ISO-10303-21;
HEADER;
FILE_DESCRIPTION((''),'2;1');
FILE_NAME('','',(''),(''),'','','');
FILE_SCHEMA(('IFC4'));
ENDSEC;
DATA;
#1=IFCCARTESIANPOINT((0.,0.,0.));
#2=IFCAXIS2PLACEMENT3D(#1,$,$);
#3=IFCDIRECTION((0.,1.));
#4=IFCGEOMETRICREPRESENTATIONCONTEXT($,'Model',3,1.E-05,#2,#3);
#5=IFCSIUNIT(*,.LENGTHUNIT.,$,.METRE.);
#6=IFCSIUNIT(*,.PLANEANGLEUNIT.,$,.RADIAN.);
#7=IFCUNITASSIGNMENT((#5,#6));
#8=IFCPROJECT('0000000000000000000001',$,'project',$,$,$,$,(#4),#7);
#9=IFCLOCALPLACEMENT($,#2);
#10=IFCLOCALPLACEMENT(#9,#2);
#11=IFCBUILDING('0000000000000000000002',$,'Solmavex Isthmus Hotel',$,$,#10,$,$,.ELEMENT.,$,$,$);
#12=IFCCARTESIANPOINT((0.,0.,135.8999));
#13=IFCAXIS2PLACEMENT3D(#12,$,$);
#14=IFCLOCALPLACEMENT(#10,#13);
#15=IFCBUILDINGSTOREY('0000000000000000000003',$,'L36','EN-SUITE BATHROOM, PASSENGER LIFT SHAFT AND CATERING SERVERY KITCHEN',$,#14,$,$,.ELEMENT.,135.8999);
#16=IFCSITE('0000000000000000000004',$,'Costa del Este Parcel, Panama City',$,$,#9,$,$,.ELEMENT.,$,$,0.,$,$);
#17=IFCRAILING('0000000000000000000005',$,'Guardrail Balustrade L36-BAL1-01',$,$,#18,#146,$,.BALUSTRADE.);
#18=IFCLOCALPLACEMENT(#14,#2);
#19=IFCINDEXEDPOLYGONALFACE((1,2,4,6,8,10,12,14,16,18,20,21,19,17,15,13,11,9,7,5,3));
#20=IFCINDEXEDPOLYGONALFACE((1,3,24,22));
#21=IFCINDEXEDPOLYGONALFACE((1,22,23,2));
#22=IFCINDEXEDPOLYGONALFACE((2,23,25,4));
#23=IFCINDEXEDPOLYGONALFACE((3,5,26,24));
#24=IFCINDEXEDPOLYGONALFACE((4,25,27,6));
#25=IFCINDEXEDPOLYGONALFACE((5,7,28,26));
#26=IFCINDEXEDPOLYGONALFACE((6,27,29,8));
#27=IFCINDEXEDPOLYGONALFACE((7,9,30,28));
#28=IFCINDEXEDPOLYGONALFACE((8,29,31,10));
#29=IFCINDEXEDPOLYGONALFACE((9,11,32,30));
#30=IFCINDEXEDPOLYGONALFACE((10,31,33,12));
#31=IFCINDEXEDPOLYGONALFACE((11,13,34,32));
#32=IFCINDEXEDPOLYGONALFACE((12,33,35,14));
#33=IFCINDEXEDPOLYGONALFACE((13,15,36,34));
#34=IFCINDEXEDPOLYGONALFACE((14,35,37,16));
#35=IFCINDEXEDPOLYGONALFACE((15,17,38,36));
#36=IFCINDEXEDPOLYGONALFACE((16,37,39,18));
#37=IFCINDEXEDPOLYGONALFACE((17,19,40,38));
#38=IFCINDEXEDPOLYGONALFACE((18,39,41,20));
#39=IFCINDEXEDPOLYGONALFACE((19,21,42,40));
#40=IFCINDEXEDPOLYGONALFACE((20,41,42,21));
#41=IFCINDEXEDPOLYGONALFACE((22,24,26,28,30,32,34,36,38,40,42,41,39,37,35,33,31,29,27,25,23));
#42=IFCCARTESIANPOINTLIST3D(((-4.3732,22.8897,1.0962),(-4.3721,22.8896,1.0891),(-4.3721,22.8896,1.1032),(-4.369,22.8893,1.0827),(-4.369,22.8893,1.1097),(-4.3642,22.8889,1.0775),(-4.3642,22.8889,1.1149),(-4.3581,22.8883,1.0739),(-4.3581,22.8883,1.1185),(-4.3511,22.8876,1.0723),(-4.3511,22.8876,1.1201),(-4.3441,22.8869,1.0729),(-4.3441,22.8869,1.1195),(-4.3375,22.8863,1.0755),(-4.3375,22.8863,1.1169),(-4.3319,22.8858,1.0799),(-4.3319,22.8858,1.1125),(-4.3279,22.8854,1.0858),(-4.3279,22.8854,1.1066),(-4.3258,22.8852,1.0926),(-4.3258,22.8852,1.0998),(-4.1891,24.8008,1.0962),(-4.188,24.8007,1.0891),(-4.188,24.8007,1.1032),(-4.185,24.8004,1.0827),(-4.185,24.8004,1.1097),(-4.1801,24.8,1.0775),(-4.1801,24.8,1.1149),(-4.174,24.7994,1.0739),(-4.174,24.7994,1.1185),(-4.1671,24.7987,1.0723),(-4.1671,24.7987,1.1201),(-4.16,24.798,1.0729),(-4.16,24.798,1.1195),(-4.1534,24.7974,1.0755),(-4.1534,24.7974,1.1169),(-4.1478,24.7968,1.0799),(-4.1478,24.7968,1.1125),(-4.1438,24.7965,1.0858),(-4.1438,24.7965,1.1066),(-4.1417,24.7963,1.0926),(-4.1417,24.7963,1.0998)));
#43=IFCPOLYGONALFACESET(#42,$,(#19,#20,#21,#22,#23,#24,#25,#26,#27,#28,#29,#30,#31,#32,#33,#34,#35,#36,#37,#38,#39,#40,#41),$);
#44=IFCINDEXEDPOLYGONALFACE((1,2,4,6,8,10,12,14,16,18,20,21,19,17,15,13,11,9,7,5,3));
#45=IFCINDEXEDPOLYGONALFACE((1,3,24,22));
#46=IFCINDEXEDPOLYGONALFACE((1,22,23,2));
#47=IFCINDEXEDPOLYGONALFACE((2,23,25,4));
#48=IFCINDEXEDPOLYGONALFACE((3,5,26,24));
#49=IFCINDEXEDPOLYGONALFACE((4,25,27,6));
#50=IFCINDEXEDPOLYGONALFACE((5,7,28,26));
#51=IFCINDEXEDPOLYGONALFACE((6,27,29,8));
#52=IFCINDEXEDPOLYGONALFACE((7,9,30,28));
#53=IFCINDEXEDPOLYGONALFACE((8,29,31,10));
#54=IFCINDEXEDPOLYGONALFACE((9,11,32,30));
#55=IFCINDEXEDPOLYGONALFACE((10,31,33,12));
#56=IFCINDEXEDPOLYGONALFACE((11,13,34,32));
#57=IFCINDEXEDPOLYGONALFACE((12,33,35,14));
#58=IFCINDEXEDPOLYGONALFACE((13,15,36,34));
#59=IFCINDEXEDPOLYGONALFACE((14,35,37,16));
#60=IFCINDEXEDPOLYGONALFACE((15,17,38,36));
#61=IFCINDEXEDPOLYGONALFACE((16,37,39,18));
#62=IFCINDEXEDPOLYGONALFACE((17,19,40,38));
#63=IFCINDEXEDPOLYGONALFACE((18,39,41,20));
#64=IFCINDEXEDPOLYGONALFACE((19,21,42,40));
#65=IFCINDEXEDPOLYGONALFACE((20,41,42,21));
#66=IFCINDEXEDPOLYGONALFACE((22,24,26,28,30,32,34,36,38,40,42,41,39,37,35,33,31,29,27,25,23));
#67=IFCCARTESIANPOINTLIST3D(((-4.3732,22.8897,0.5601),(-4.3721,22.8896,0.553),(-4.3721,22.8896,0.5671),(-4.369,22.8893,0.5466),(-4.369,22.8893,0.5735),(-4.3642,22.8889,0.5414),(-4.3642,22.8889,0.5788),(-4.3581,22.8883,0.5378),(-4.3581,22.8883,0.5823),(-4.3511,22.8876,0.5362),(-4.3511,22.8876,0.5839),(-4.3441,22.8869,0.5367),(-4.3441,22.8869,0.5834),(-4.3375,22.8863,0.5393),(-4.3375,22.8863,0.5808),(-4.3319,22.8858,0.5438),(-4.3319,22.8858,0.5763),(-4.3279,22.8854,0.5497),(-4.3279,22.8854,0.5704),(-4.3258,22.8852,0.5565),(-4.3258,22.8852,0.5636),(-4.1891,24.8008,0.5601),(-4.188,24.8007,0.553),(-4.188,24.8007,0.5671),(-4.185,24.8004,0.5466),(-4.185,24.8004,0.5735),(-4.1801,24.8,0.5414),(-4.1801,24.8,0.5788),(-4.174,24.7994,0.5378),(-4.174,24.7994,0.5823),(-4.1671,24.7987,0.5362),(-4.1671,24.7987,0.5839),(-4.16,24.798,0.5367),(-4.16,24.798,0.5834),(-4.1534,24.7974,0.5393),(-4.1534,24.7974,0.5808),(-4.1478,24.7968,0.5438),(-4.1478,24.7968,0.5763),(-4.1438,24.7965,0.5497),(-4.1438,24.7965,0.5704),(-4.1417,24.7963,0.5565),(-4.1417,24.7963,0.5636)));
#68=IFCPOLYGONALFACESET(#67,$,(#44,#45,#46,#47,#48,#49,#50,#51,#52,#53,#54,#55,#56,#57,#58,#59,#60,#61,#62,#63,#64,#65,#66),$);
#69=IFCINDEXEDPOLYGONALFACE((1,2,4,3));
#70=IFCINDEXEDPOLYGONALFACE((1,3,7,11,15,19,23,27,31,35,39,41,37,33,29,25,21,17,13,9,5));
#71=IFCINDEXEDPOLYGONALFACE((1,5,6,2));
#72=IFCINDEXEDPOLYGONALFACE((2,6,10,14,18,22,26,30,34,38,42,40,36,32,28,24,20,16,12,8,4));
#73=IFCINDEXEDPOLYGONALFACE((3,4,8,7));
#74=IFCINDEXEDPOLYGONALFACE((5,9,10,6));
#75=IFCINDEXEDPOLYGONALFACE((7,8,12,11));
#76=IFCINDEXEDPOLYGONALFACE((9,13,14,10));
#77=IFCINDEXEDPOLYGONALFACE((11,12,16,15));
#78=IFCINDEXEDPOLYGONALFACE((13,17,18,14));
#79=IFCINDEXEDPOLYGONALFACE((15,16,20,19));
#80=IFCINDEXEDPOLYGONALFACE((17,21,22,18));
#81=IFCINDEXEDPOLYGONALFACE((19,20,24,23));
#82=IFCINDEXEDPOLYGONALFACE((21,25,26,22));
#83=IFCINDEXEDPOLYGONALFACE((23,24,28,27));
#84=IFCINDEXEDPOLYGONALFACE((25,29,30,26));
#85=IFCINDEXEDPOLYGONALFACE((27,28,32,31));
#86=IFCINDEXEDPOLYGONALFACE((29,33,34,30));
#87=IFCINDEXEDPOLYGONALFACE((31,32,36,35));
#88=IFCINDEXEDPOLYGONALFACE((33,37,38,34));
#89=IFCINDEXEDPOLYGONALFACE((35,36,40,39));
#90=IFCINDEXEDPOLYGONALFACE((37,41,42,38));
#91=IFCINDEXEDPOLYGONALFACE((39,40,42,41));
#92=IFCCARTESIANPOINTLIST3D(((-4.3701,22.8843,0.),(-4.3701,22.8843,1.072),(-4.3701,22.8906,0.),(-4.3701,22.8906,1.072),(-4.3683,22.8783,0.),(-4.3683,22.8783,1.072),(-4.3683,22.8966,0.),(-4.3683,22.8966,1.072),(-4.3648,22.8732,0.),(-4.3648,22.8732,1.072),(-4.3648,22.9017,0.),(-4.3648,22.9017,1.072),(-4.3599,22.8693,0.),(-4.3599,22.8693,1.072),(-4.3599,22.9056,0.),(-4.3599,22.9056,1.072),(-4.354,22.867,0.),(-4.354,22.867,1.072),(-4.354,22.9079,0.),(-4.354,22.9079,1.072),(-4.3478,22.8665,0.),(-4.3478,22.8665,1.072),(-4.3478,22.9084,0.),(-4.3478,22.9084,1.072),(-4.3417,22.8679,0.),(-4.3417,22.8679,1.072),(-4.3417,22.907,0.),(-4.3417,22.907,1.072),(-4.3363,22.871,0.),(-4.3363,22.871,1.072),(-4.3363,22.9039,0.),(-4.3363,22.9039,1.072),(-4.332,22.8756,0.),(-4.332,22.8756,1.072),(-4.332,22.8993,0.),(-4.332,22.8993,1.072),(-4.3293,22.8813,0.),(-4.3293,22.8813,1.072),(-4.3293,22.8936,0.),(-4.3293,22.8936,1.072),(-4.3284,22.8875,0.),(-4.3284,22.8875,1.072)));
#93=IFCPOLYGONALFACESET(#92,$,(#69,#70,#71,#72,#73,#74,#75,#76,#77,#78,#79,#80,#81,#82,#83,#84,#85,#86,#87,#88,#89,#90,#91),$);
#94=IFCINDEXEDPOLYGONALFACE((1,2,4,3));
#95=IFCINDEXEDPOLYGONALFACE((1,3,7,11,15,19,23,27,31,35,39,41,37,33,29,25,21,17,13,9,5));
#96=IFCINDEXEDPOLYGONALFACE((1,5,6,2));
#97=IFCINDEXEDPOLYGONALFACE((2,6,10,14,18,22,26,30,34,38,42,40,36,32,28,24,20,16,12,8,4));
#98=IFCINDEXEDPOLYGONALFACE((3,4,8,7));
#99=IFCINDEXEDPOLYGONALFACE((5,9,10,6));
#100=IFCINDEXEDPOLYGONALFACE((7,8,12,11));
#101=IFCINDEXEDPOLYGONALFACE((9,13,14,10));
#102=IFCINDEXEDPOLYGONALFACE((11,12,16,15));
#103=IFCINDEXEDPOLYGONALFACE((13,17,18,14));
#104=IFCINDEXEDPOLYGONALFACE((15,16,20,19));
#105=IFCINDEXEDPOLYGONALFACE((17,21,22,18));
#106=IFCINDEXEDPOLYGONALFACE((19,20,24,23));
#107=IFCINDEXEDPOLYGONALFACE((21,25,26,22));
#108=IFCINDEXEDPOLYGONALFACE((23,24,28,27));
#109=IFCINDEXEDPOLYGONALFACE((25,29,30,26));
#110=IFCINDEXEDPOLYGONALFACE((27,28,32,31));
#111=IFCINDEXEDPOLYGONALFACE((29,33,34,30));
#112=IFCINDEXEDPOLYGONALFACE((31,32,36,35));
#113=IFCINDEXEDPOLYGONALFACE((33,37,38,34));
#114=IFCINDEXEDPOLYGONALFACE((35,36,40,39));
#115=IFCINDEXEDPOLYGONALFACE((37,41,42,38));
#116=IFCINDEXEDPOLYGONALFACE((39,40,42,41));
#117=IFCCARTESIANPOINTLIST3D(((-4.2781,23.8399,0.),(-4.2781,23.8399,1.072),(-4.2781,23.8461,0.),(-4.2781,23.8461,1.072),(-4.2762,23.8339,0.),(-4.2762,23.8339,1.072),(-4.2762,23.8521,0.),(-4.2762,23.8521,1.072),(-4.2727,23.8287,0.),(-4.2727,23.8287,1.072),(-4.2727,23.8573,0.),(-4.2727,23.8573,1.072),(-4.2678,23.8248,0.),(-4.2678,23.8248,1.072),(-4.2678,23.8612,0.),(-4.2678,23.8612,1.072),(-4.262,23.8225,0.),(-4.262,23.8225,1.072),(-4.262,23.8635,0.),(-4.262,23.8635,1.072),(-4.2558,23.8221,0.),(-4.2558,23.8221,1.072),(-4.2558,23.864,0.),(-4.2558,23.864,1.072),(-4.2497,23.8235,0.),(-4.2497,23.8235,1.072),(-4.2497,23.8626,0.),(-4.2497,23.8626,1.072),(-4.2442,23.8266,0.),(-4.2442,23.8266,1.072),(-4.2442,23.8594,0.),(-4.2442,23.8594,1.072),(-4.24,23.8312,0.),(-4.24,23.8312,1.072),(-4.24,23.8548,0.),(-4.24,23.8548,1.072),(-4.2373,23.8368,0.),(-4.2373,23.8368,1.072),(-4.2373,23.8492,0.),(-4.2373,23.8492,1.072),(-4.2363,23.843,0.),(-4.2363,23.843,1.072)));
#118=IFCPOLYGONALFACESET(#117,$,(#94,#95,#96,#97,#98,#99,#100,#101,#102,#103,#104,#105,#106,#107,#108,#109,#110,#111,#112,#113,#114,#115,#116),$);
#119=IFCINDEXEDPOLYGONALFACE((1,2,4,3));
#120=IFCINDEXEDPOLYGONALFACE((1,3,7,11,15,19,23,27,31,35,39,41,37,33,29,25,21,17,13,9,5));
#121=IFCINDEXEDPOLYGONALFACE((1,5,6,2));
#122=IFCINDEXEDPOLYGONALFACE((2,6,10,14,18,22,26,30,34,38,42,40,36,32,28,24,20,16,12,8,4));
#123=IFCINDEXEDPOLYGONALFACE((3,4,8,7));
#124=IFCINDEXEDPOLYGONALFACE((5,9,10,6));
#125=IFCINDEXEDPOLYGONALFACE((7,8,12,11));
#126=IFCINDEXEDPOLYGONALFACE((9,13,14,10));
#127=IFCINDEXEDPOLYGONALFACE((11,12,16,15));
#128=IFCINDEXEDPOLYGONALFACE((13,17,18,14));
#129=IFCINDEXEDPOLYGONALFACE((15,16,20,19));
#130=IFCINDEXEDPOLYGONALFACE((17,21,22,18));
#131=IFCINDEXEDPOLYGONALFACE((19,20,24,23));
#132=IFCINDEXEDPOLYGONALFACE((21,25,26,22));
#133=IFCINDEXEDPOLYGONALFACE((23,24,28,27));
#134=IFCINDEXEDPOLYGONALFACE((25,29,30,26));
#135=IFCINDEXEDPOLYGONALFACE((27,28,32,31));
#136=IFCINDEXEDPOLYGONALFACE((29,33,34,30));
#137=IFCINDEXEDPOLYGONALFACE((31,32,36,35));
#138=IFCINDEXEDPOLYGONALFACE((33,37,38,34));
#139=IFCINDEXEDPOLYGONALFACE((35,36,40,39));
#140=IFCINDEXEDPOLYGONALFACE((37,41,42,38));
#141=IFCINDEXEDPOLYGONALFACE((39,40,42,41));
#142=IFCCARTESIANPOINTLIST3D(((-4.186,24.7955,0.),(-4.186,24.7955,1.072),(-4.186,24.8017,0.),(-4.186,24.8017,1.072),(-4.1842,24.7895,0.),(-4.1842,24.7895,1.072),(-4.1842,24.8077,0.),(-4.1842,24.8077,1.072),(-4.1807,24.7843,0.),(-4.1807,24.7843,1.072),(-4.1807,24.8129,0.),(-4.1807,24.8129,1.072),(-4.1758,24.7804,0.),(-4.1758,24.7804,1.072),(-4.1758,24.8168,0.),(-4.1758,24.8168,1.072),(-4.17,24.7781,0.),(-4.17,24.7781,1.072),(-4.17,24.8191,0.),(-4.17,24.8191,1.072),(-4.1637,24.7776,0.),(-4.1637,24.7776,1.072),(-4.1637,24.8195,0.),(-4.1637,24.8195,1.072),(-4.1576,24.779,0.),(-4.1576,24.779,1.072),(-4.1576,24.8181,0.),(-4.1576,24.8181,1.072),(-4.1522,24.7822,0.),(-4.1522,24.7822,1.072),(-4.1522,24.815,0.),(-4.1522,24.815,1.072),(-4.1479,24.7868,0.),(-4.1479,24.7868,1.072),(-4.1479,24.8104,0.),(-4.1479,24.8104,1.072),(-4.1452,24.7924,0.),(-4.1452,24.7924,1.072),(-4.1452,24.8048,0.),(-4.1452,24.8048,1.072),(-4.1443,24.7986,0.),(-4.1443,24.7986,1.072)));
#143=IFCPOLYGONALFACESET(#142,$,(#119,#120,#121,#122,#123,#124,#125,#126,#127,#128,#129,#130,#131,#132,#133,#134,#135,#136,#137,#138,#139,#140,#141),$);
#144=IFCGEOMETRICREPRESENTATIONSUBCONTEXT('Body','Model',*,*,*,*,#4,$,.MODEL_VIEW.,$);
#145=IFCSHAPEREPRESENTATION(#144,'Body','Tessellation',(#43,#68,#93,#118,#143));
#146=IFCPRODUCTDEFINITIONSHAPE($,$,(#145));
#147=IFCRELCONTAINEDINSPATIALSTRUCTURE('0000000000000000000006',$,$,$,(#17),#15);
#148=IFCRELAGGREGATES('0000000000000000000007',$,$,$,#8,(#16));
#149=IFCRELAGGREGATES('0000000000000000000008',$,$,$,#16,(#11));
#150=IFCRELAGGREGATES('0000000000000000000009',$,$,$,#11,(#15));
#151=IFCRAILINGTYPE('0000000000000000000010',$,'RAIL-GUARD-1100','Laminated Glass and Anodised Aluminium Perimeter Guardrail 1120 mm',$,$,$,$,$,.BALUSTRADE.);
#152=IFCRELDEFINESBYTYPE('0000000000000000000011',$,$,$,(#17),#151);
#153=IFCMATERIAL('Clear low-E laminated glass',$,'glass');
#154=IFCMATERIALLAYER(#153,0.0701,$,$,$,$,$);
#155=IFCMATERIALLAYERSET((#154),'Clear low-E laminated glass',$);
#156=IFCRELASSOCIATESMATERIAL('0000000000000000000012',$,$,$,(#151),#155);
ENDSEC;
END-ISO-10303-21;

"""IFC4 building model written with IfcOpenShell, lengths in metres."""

from ifc_helpers import new_model, si_unit, direction, frame, origin, origin_2d, place, context, subcontext, project, spatial, circle, extrude, material, layer, layer_set, type_object, element, save


model = new_model("IFC4")

# Units and contexts
model_context = context("Model", 3, precision=1e-05, world=origin(), true_north=direction((0.0, 1.0)))
body_context = subcontext(model_context, "Body", "Model", "MODEL_VIEW")
ifc_project = project(units=[si_unit("LENGTHUNIT", "METRE"), si_unit("PLANEANGLEUNIT", "RADIAN")], contexts=[model_context])

# Site, building, storey
site_placement = place(None, origin())
site = spatial("IfcSite", under=ifc_project, at=site_placement, Name="Costa del Este Parcel, Panama City", CompositionType="ELEMENT", RefElevation=0.0)
building_placement = place(site_placement, origin())
building = spatial("IfcBuilding", under=site, at=building_placement, Name="Solmavex Isthmus Hotel", CompositionType="ELEMENT")
storey_placement = place(building_placement, frame((0.0, 0.0, 135.8999)))
storey = spatial("IfcBuildingStorey", under=building, at=storey_placement, Name="L36", Description="EN-SUITE BATHROOM, PASSENGER LIFT SHAFT AND CATERING SERVERY KITCHEN", CompositionType="ELEMENT", Elevation=135.8999)

# Shared definitions
ifc_material_1 = material(Name="Clear low-E laminated glass", Category="glass")

# Railing
ifc_layer_1 = layer(ifc_material_1, 0.0701)
ifc_layer_set_1 = layer_set([ifc_layer_1], Name="Clear low-E laminated glass")
railing_type = type_object("IfcRailingType", Name="RAIL-GUARD-1100", Description="Laminated Glass and Anodised Aluminium Perimeter Guardrail 1120 mm", PredefinedType="BALUSTRADE", material=ifc_layer_set_1)
railing_1_placement = place(storey_placement, frame((-4.3494, 22.8875, 0.0)))
element("IfcRailing", 1, at=railing_1_placement, inside=storey, type_object=railing_type, Name="Guardrail Balustrade L36-BAL1-01", PredefinedType="BALUSTRADE", context=body_context, shape_type="SweptSolid", body=[
    extrude(circle(Radius=0.0239, at=origin_2d()), frame((0.0, 0.0, 1.0962), z_axis=(0.095877, 0.995393, 0.0), x_axis=(-0.995393, 0.095877, 0.0)), (0.0, 0.0, 1.0), 1.9199),
    extrude(circle(Radius=0.0239, at=origin_2d()), frame((0.0, 0.0, 0.5601), z_axis=(0.095877, 0.995393, 0.0), x_axis=(-0.995393, 0.095877, 0.0)), (0.0, 0.0, 1.0), 1.9199),
    extrude(circle(Radius=0.021, at=origin_2d()), origin(), (0.0, 0.0, 1.0), 1.072),
    extrude(circle(Radius=0.021, at=origin_2d()), frame((0.092, 0.9556, 0.0)), (0.0, 0.0, 1.0), 1.072),
    extrude(circle(Radius=0.021, at=origin_2d()), frame((0.1841, 1.9111, 0.0)), (0.0, 0.0, 1.0), 1.072),
])

save(model, "model.ifc")
